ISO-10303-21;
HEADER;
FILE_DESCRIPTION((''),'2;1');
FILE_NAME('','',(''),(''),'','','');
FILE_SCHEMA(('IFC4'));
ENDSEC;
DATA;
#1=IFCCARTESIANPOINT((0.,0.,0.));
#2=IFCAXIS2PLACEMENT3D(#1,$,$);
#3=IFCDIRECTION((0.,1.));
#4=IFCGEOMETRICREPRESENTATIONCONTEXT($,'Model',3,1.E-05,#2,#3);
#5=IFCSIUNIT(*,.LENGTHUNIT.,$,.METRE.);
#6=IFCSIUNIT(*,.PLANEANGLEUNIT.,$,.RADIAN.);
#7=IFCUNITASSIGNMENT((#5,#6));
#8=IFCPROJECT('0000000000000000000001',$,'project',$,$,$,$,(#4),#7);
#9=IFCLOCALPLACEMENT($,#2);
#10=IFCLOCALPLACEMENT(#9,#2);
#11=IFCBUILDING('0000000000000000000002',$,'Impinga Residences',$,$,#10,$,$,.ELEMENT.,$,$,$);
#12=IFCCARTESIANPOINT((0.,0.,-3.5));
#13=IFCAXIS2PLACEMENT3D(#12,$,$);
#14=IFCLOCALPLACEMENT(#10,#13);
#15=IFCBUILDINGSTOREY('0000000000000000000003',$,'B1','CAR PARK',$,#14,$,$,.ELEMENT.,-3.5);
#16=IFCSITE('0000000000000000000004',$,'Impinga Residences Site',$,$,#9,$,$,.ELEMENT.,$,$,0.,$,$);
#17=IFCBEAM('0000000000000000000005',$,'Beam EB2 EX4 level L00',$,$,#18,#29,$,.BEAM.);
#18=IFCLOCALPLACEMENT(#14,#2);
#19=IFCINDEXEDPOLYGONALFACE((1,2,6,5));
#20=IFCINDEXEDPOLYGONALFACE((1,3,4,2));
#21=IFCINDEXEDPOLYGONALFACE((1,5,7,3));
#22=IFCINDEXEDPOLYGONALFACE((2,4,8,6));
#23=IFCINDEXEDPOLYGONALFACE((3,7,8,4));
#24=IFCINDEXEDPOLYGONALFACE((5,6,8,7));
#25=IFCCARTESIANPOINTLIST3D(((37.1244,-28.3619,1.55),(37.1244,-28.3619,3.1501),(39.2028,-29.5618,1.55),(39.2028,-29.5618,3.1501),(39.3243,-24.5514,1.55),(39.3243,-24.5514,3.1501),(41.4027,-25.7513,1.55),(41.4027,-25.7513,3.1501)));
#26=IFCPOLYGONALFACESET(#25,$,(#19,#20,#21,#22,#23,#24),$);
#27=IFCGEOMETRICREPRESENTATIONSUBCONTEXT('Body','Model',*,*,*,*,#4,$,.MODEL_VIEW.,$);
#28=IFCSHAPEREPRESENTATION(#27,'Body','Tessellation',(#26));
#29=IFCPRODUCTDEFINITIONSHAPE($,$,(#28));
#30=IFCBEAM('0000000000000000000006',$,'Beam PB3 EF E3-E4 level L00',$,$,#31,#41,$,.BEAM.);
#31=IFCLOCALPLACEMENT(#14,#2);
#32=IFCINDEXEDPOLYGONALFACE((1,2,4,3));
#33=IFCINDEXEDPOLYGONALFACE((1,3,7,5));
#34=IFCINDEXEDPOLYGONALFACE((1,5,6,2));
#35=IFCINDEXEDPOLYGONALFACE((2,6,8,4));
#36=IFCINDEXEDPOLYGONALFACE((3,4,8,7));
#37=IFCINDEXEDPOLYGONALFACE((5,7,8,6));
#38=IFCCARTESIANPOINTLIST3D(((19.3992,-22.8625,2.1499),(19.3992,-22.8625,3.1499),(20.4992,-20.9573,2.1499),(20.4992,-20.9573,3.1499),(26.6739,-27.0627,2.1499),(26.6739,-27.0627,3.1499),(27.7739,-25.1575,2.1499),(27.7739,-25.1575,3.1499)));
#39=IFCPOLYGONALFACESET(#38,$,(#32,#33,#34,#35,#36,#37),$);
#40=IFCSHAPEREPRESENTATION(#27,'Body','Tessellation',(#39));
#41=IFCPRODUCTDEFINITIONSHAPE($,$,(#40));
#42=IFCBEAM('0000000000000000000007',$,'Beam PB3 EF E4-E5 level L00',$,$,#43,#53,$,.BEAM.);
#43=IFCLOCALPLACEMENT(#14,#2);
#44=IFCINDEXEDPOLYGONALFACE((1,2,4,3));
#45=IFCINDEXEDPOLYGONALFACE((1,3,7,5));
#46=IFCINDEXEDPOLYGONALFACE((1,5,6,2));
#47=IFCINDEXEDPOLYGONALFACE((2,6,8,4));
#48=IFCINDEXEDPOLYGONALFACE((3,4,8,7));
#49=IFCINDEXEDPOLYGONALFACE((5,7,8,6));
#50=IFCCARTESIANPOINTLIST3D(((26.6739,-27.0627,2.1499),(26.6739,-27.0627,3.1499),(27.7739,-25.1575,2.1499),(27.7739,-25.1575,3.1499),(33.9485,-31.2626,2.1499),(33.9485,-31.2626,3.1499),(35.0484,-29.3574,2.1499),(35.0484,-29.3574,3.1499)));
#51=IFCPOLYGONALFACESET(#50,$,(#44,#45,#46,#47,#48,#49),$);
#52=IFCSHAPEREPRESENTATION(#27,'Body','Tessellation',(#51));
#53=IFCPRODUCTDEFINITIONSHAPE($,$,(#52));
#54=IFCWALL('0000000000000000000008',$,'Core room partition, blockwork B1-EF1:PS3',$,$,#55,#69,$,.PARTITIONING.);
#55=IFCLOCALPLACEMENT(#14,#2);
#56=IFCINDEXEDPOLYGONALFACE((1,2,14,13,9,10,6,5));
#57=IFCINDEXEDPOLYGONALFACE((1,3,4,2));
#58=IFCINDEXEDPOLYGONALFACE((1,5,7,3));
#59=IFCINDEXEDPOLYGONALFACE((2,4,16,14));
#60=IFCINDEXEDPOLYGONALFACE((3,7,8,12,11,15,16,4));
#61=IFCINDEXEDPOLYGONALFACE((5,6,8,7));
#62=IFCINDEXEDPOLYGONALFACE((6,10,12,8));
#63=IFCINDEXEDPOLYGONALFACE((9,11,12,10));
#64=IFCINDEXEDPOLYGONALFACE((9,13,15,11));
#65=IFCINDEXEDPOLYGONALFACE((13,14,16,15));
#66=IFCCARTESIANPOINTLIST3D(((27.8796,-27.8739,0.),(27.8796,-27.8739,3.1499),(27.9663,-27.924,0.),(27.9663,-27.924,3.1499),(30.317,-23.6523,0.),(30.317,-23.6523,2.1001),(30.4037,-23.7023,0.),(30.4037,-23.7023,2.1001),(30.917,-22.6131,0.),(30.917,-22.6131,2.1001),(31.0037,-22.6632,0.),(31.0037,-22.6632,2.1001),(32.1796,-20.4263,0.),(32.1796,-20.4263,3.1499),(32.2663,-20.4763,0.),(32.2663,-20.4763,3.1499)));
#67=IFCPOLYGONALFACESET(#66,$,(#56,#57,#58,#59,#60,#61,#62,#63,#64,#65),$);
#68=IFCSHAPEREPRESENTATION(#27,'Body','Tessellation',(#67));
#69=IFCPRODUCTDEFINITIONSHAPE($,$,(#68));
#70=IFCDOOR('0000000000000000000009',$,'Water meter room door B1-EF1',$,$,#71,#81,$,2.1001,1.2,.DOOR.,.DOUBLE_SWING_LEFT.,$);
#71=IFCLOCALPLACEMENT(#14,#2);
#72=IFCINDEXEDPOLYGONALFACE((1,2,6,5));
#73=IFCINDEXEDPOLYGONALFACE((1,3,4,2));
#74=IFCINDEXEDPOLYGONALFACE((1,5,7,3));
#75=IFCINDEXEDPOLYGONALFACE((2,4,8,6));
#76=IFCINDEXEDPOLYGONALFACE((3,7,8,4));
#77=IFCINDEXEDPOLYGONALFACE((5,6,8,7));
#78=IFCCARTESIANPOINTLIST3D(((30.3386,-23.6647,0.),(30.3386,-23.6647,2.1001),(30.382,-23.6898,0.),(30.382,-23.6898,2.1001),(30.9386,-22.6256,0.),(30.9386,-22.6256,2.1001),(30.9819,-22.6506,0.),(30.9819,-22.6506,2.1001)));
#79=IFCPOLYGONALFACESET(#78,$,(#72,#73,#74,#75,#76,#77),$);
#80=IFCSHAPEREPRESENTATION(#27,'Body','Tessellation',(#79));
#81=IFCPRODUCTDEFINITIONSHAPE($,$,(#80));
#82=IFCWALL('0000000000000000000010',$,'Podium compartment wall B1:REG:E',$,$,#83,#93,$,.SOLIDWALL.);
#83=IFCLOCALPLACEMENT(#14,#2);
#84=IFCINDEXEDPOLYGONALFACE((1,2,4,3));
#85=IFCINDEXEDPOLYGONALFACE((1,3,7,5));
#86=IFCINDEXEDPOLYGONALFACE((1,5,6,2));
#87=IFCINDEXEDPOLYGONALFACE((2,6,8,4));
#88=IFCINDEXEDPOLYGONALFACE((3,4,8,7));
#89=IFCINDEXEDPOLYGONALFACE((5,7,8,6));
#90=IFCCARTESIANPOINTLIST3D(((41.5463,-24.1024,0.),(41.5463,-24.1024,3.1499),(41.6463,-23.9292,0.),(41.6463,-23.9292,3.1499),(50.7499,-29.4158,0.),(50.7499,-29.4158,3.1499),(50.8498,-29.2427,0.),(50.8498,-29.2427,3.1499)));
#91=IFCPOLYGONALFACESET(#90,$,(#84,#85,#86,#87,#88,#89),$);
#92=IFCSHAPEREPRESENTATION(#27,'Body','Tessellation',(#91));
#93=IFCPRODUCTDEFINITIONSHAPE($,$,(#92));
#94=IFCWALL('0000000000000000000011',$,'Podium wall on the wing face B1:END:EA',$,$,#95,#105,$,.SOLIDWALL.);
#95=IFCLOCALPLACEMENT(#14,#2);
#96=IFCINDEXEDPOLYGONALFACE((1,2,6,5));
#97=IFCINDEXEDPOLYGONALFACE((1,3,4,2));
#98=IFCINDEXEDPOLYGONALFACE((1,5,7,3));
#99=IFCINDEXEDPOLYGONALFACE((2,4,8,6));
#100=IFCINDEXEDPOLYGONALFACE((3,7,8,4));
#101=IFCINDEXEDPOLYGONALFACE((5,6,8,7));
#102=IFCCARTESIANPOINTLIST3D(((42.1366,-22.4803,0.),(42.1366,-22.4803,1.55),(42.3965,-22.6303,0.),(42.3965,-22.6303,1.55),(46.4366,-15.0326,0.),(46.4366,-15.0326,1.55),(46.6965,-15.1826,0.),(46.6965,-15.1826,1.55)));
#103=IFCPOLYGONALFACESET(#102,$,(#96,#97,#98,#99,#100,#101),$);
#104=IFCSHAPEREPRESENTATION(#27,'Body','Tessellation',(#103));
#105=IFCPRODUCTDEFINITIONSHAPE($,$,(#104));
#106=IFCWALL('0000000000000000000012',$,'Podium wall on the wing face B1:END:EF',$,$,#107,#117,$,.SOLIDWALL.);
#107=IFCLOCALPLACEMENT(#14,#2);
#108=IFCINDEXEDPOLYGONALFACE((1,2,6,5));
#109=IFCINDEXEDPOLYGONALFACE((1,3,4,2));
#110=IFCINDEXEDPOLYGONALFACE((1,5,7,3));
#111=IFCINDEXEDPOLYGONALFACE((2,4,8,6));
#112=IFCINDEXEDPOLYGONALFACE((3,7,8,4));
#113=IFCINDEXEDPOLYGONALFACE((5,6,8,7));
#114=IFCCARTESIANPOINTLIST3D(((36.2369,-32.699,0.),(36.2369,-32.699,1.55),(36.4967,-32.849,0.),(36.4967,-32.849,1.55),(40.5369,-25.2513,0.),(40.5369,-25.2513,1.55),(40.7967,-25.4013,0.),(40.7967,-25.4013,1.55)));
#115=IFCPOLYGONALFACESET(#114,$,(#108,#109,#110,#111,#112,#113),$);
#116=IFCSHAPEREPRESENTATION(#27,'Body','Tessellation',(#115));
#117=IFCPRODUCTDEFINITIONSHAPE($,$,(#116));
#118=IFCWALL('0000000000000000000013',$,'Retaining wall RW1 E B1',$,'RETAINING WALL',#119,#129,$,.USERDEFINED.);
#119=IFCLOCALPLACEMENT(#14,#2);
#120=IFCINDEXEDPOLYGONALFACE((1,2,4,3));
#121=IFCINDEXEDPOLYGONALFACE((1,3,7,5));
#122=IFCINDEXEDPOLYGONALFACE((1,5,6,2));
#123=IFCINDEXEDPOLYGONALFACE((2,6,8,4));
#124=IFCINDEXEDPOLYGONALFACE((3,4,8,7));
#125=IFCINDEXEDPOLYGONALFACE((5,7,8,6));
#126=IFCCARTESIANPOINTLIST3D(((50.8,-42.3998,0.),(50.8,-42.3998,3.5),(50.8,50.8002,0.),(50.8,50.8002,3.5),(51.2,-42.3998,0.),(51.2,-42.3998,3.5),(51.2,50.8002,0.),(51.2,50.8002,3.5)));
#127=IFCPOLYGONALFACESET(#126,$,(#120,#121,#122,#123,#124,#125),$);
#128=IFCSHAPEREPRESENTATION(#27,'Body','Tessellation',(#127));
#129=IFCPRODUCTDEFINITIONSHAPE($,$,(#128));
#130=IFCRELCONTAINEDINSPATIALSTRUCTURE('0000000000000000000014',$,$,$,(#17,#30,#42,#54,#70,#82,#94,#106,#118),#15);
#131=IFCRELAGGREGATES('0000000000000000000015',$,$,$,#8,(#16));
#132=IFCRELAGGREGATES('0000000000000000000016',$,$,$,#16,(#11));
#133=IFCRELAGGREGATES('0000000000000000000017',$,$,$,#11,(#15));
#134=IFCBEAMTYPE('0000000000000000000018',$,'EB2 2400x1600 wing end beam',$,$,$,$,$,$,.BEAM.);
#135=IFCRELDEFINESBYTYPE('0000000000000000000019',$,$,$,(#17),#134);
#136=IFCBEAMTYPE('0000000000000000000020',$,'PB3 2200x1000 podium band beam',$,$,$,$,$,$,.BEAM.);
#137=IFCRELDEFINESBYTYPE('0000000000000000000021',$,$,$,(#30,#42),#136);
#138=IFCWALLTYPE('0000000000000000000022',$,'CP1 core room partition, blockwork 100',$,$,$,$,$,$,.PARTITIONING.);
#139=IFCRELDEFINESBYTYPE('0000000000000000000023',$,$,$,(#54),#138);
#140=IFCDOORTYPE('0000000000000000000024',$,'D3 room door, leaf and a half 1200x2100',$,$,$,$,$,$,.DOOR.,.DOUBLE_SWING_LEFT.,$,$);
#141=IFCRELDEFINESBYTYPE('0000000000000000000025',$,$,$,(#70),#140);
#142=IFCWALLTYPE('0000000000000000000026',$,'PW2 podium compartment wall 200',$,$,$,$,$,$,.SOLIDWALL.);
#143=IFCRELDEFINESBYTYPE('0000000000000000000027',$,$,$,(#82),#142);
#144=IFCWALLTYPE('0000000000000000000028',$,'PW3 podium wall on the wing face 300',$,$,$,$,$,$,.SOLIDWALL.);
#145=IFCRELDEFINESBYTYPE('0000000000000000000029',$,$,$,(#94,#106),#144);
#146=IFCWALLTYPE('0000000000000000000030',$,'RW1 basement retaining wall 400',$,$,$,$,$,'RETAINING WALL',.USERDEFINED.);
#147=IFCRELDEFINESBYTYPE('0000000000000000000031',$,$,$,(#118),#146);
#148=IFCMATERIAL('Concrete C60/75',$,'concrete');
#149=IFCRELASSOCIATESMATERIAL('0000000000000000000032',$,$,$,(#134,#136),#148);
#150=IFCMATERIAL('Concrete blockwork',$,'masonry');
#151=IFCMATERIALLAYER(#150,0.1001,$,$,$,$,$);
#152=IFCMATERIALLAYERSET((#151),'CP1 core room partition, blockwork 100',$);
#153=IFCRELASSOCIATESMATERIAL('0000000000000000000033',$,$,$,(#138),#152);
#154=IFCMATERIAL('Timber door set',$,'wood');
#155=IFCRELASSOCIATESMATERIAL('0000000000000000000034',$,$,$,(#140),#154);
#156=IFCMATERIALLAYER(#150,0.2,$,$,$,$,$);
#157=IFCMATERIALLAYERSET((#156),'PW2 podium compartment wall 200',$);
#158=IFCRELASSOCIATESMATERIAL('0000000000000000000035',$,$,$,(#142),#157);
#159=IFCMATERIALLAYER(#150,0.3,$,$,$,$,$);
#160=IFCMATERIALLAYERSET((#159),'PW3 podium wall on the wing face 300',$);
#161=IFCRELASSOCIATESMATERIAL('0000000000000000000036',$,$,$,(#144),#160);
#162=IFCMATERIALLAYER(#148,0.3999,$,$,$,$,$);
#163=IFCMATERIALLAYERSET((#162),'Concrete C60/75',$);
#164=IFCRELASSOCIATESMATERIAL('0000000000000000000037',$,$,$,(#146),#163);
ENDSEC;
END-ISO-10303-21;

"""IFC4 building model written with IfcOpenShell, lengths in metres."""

from ifc_helpers import new_model, si_unit, direction, frame, frame_2d, origin, origin_2d, place, context, subcontext, project, spatial, rectangle, extrude, material, layer, layer_set, material_profile, profile_set, type_object, element, fill, save


model = new_model("IFC4")

# Units and contexts
model_context = context("Model", 3, precision=1e-05, world=origin(), true_north=direction((0.0, 1.0)))
body_context = subcontext(model_context, "Body", "Model", "MODEL_VIEW")
ifc_project = project(units=[si_unit("LENGTHUNIT", "METRE"), si_unit("PLANEANGLEUNIT", "RADIAN")], contexts=[model_context])

# Site, building, storey
site_placement = place(None, origin())
site = spatial("IfcSite", under=ifc_project, at=site_placement, Name="Impinga Residences Site", CompositionType="ELEMENT", RefElevation=0.0)
building_placement = place(site_placement, origin())
building = spatial("IfcBuilding", under=site, at=building_placement, Name="Impinga Residences", CompositionType="ELEMENT")
storey_placement = place(building_placement, frame((0.0, 0.0, -3.5)))
storey = spatial("IfcBuildingStorey", under=building, at=storey_placement, Name="B1", Description="CAR PARK", CompositionType="ELEMENT", Elevation=-3.5)

# Beams
ifc_material_1 = material(Name="Concrete C60/75", Category="concrete")
ifc_material_profile_1 = material_profile(ifc_material_1, rectangle(XDim=2.3999, YDim=1.6001, at=origin_2d()), Name="RC 2400x1600")
ifc_profile_set_1 = profile_set([ifc_material_profile_1], Name="Concrete C60/75")
beam_type_1 = type_object("IfcBeamType", Name="EB2 2400x1600 wing end beam", PredefinedType="BEAM", material=ifc_profile_set_1)
beam_1_placement = place(storey_placement, frame((40.3635, -25.1514, 2.3501), z_axis=(-0.499988, -0.866032, 0.0), x_axis=(0.866032, -0.499988, 0.0)))
element("IfcBeam", 1, at=beam_1_placement, inside=storey, type_object=beam_type_1, Name="Beam EB2 EX4 level L00", PredefinedType="BEAM", context=body_context, shape_type="SweptSolid", body=[
    extrude(rectangle(XDim=2.3999, YDim=1.6001, at=origin_2d()), origin(), (0.0, 0.0, 1.0), 4.3999),
])
ifc_material_profile_2 = material_profile(ifc_material_1, rectangle(XDim=2.2, YDim=1.0, at=origin_2d()), Name="RC 2200x1000")
ifc_profile_set_2 = profile_set([ifc_material_profile_2], Name="Concrete C60/75")
beam_type_2 = type_object("IfcBeamType", Name="PB3 2200x1000 podium band beam", PredefinedType="BEAM", material=ifc_profile_set_2)
beam_2_placement = place(storey_placement, frame((19.9492, -21.9099, 2.6499), z_axis=(0.866017, -0.500015, 0.0), x_axis=(0.500015, 0.866017, 0.0)))
element("IfcBeam", 2, at=beam_2_placement, inside=storey, type_object=beam_type_2, Name="Beam PB3 EF E3-E4 level L00", PredefinedType="BEAM", context=body_context, shape_type="SweptSolid", body=[
    extrude(rectangle(XDim=2.2, YDim=1.0, at=origin_2d()), origin(), (0.0, 0.0, 1.0), 8.4001),
])
beam_3_placement = place(storey_placement, frame((27.2239, -26.1101, 2.6499), z_axis=(0.866029, -0.499993, 0.0), x_axis=(0.499993, 0.866029, 0.0)))
element("IfcBeam", 3, at=beam_3_placement, inside=storey, type_object=beam_type_2, Name="Beam PB3 EF E4-E5 level L00", PredefinedType="BEAM", context=body_context, shape_type="SweptSolid", body=[
    extrude(rectangle(XDim=2.2, YDim=1.0, at=origin_2d()), origin(), (0.0, 0.0, 1.0), 8.3999),
])

# Wall, opening, door
ifc_material_2 = material(Name="Concrete blockwork", Category="masonry")
ifc_layer_1 = layer(ifc_material_2, 0.1001)
ifc_layer_set_1 = layer_set([ifc_layer_1], Name="CP1 core room partition, blockwork 100")
wall_type_1 = type_object("IfcWallType", Name="CP1 core room partition, blockwork 100", PredefinedType="PARTITIONING", material=ifc_layer_set_1)
wall_1_placement = place(storey_placement, frame((32.2229, -20.4514, 0.0), z_axis=(0.0, 0.0, 1.0), x_axis=(-0.500008, -0.866021, 0.0)))
wall_1 = element("IfcWall", 4, at=wall_1_placement, inside=storey, type_object=wall_type_1, Name="Core room partition, blockwork B1-EF1:PS3", PredefinedType="PARTITIONING", context=body_context, shape_type="SweptSolid", body=[
    extrude(rectangle(XDim=8.5999, YDim=0.1001, at=frame_2d((4.2998, 0.0))), origin(), (0.0, 0.0, 1.0), 3.1499),
])
opening_placement = place(wall_1_placement, frame((2.5249, 0.0, 0.0)))
opening = element("IfcOpeningElement", 5, at=opening_placement, cuts=wall_1, PredefinedType="OPENING", context=body_context, shape_type="SweptSolid", body=[
    extrude(rectangle(XDim=1.2, YDim=2.1001, at=frame_2d((0.6001, 1.05))), frame((0.0, 0.0601, 0.0), z_axis=(0.0, -1.0, 0.0), x_axis=(1.0, 0.0, 0.0)), (0.0, 0.0, 1.0), 0.1201),
])
ifc_material_3 = material(Name="Timber door set", Category="wood")
door_type = type_object("IfcDoorType", Name="D3 room door, leaf and a half 1200x2100", OperationType="DOUBLE_SWING_LEFT", PredefinedType="DOOR", material=ifc_material_3)
door_placement = place(opening_placement, origin())
door = element("IfcDoor", 6, at=door_placement, inside=storey, type_object=door_type, Name="Water meter room door B1-EF1", OperationType="DOUBLE_SWING_LEFT", OverallHeight=2.1001, OverallWidth=1.2, PredefinedType="DOOR", context=body_context, shape_type="SweptSolid", body=[
    extrude(rectangle(XDim=1.2, YDim=2.1001, at=frame_2d((0.6001, 1.05))), frame((0.0, 0.0249, 0.0), z_axis=(0.0, -1.0, 0.0), x_axis=(1.0, 0.0, 0.0)), (0.0, 0.0, 1.0), 0.05),
])
fill(opening, door)

# Walls
ifc_layer_2 = layer(ifc_material_2, 0.2)
ifc_layer_set_2 = layer_set([ifc_layer_2], Name="PW2 podium compartment wall 200")
wall_type_2 = type_object("IfcWallType", Name="PW2 podium compartment wall 200", PredefinedType="SOLIDWALL", material=ifc_layer_set_2)
wall_2_placement = place(storey_placement, frame((41.5964, -24.0159, 0.0), z_axis=(0.0, 0.0, 1.0), x_axis=(0.866035, -0.499984, 0.0)))
element("IfcWall", 7, at=wall_2_placement, inside=storey, type_object=wall_type_2, Name="Podium compartment wall B1:REG:E", PredefinedType="SOLIDWALL", context=body_context, shape_type="SweptSolid", body=[
    extrude(rectangle(XDim=10.6272, YDim=0.2, at=frame_2d((5.3135, 0.0))), origin(), (0.0, 0.0, 1.0), 3.1499),
])
ifc_layer_3 = layer(ifc_material_2, 0.3)
ifc_layer_set_3 = layer_set([ifc_layer_3], Name="PW3 podium wall on the wing face 300")
wall_type_3 = type_object("IfcWallType", Name="PW3 podium wall on the wing face 300", PredefinedType="SOLIDWALL", material=ifc_layer_set_3)
for number, where, z_axis, x_axis, name in (
    (8, (42.2666, -22.5552, 0.0), (0.0, 0.0, 1.0), (0.500008, 0.866021, 0.0), "Podium wall on the wing face B1:END:EA"),
    (9, (40.6667, -25.3264, 0.0), (0.0, 0.0, 1.0), (-0.500008, -0.866021, 0.0), "Podium wall on the wing face B1:END:EF"),
):
    element("IfcWall", number, at=place(storey_placement, frame(where, z_axis=z_axis, x_axis=x_axis)), inside=storey, type_object=wall_type_3, Name=name, PredefinedType="SOLIDWALL", context=body_context, shape_type="SweptSolid", body=[
        extrude(rectangle(XDim=8.5999, YDim=0.3, at=frame_2d((4.2998, 0.0))), origin(), (0.0, 0.0, 1.0), 1.55),
    ])
ifc_layer_4 = layer(ifc_material_1, 0.3999)
ifc_layer_set_4 = layer_set([ifc_layer_4], Name="Concrete C60/75")
wall_type_4 = type_object("IfcWallType", Name="RW1 basement retaining wall 400", ElementType="RETAINING WALL", PredefinedType="USERDEFINED", material=ifc_layer_set_4)
wall_3_placement = place(storey_placement, frame((51.0, -42.3999, 0.0), z_axis=(0.0, 0.0, 1.0), x_axis=(0.0, 1.0, 0.0)))
element("IfcWall", 10, at=wall_3_placement, inside=storey, type_object=wall_type_4, Name="Retaining wall RW1 E B1", ObjectType="RETAINING WALL", PredefinedType="USERDEFINED", context=body_context, shape_type="SweptSolid", body=[
    extrude(rectangle(XDim=93.2, YDim=0.3999, at=frame_2d((46.6001, 0.0))), origin(), (0.0, 0.0, 1.0), 3.5),
])

save(model, "model.ifc")
